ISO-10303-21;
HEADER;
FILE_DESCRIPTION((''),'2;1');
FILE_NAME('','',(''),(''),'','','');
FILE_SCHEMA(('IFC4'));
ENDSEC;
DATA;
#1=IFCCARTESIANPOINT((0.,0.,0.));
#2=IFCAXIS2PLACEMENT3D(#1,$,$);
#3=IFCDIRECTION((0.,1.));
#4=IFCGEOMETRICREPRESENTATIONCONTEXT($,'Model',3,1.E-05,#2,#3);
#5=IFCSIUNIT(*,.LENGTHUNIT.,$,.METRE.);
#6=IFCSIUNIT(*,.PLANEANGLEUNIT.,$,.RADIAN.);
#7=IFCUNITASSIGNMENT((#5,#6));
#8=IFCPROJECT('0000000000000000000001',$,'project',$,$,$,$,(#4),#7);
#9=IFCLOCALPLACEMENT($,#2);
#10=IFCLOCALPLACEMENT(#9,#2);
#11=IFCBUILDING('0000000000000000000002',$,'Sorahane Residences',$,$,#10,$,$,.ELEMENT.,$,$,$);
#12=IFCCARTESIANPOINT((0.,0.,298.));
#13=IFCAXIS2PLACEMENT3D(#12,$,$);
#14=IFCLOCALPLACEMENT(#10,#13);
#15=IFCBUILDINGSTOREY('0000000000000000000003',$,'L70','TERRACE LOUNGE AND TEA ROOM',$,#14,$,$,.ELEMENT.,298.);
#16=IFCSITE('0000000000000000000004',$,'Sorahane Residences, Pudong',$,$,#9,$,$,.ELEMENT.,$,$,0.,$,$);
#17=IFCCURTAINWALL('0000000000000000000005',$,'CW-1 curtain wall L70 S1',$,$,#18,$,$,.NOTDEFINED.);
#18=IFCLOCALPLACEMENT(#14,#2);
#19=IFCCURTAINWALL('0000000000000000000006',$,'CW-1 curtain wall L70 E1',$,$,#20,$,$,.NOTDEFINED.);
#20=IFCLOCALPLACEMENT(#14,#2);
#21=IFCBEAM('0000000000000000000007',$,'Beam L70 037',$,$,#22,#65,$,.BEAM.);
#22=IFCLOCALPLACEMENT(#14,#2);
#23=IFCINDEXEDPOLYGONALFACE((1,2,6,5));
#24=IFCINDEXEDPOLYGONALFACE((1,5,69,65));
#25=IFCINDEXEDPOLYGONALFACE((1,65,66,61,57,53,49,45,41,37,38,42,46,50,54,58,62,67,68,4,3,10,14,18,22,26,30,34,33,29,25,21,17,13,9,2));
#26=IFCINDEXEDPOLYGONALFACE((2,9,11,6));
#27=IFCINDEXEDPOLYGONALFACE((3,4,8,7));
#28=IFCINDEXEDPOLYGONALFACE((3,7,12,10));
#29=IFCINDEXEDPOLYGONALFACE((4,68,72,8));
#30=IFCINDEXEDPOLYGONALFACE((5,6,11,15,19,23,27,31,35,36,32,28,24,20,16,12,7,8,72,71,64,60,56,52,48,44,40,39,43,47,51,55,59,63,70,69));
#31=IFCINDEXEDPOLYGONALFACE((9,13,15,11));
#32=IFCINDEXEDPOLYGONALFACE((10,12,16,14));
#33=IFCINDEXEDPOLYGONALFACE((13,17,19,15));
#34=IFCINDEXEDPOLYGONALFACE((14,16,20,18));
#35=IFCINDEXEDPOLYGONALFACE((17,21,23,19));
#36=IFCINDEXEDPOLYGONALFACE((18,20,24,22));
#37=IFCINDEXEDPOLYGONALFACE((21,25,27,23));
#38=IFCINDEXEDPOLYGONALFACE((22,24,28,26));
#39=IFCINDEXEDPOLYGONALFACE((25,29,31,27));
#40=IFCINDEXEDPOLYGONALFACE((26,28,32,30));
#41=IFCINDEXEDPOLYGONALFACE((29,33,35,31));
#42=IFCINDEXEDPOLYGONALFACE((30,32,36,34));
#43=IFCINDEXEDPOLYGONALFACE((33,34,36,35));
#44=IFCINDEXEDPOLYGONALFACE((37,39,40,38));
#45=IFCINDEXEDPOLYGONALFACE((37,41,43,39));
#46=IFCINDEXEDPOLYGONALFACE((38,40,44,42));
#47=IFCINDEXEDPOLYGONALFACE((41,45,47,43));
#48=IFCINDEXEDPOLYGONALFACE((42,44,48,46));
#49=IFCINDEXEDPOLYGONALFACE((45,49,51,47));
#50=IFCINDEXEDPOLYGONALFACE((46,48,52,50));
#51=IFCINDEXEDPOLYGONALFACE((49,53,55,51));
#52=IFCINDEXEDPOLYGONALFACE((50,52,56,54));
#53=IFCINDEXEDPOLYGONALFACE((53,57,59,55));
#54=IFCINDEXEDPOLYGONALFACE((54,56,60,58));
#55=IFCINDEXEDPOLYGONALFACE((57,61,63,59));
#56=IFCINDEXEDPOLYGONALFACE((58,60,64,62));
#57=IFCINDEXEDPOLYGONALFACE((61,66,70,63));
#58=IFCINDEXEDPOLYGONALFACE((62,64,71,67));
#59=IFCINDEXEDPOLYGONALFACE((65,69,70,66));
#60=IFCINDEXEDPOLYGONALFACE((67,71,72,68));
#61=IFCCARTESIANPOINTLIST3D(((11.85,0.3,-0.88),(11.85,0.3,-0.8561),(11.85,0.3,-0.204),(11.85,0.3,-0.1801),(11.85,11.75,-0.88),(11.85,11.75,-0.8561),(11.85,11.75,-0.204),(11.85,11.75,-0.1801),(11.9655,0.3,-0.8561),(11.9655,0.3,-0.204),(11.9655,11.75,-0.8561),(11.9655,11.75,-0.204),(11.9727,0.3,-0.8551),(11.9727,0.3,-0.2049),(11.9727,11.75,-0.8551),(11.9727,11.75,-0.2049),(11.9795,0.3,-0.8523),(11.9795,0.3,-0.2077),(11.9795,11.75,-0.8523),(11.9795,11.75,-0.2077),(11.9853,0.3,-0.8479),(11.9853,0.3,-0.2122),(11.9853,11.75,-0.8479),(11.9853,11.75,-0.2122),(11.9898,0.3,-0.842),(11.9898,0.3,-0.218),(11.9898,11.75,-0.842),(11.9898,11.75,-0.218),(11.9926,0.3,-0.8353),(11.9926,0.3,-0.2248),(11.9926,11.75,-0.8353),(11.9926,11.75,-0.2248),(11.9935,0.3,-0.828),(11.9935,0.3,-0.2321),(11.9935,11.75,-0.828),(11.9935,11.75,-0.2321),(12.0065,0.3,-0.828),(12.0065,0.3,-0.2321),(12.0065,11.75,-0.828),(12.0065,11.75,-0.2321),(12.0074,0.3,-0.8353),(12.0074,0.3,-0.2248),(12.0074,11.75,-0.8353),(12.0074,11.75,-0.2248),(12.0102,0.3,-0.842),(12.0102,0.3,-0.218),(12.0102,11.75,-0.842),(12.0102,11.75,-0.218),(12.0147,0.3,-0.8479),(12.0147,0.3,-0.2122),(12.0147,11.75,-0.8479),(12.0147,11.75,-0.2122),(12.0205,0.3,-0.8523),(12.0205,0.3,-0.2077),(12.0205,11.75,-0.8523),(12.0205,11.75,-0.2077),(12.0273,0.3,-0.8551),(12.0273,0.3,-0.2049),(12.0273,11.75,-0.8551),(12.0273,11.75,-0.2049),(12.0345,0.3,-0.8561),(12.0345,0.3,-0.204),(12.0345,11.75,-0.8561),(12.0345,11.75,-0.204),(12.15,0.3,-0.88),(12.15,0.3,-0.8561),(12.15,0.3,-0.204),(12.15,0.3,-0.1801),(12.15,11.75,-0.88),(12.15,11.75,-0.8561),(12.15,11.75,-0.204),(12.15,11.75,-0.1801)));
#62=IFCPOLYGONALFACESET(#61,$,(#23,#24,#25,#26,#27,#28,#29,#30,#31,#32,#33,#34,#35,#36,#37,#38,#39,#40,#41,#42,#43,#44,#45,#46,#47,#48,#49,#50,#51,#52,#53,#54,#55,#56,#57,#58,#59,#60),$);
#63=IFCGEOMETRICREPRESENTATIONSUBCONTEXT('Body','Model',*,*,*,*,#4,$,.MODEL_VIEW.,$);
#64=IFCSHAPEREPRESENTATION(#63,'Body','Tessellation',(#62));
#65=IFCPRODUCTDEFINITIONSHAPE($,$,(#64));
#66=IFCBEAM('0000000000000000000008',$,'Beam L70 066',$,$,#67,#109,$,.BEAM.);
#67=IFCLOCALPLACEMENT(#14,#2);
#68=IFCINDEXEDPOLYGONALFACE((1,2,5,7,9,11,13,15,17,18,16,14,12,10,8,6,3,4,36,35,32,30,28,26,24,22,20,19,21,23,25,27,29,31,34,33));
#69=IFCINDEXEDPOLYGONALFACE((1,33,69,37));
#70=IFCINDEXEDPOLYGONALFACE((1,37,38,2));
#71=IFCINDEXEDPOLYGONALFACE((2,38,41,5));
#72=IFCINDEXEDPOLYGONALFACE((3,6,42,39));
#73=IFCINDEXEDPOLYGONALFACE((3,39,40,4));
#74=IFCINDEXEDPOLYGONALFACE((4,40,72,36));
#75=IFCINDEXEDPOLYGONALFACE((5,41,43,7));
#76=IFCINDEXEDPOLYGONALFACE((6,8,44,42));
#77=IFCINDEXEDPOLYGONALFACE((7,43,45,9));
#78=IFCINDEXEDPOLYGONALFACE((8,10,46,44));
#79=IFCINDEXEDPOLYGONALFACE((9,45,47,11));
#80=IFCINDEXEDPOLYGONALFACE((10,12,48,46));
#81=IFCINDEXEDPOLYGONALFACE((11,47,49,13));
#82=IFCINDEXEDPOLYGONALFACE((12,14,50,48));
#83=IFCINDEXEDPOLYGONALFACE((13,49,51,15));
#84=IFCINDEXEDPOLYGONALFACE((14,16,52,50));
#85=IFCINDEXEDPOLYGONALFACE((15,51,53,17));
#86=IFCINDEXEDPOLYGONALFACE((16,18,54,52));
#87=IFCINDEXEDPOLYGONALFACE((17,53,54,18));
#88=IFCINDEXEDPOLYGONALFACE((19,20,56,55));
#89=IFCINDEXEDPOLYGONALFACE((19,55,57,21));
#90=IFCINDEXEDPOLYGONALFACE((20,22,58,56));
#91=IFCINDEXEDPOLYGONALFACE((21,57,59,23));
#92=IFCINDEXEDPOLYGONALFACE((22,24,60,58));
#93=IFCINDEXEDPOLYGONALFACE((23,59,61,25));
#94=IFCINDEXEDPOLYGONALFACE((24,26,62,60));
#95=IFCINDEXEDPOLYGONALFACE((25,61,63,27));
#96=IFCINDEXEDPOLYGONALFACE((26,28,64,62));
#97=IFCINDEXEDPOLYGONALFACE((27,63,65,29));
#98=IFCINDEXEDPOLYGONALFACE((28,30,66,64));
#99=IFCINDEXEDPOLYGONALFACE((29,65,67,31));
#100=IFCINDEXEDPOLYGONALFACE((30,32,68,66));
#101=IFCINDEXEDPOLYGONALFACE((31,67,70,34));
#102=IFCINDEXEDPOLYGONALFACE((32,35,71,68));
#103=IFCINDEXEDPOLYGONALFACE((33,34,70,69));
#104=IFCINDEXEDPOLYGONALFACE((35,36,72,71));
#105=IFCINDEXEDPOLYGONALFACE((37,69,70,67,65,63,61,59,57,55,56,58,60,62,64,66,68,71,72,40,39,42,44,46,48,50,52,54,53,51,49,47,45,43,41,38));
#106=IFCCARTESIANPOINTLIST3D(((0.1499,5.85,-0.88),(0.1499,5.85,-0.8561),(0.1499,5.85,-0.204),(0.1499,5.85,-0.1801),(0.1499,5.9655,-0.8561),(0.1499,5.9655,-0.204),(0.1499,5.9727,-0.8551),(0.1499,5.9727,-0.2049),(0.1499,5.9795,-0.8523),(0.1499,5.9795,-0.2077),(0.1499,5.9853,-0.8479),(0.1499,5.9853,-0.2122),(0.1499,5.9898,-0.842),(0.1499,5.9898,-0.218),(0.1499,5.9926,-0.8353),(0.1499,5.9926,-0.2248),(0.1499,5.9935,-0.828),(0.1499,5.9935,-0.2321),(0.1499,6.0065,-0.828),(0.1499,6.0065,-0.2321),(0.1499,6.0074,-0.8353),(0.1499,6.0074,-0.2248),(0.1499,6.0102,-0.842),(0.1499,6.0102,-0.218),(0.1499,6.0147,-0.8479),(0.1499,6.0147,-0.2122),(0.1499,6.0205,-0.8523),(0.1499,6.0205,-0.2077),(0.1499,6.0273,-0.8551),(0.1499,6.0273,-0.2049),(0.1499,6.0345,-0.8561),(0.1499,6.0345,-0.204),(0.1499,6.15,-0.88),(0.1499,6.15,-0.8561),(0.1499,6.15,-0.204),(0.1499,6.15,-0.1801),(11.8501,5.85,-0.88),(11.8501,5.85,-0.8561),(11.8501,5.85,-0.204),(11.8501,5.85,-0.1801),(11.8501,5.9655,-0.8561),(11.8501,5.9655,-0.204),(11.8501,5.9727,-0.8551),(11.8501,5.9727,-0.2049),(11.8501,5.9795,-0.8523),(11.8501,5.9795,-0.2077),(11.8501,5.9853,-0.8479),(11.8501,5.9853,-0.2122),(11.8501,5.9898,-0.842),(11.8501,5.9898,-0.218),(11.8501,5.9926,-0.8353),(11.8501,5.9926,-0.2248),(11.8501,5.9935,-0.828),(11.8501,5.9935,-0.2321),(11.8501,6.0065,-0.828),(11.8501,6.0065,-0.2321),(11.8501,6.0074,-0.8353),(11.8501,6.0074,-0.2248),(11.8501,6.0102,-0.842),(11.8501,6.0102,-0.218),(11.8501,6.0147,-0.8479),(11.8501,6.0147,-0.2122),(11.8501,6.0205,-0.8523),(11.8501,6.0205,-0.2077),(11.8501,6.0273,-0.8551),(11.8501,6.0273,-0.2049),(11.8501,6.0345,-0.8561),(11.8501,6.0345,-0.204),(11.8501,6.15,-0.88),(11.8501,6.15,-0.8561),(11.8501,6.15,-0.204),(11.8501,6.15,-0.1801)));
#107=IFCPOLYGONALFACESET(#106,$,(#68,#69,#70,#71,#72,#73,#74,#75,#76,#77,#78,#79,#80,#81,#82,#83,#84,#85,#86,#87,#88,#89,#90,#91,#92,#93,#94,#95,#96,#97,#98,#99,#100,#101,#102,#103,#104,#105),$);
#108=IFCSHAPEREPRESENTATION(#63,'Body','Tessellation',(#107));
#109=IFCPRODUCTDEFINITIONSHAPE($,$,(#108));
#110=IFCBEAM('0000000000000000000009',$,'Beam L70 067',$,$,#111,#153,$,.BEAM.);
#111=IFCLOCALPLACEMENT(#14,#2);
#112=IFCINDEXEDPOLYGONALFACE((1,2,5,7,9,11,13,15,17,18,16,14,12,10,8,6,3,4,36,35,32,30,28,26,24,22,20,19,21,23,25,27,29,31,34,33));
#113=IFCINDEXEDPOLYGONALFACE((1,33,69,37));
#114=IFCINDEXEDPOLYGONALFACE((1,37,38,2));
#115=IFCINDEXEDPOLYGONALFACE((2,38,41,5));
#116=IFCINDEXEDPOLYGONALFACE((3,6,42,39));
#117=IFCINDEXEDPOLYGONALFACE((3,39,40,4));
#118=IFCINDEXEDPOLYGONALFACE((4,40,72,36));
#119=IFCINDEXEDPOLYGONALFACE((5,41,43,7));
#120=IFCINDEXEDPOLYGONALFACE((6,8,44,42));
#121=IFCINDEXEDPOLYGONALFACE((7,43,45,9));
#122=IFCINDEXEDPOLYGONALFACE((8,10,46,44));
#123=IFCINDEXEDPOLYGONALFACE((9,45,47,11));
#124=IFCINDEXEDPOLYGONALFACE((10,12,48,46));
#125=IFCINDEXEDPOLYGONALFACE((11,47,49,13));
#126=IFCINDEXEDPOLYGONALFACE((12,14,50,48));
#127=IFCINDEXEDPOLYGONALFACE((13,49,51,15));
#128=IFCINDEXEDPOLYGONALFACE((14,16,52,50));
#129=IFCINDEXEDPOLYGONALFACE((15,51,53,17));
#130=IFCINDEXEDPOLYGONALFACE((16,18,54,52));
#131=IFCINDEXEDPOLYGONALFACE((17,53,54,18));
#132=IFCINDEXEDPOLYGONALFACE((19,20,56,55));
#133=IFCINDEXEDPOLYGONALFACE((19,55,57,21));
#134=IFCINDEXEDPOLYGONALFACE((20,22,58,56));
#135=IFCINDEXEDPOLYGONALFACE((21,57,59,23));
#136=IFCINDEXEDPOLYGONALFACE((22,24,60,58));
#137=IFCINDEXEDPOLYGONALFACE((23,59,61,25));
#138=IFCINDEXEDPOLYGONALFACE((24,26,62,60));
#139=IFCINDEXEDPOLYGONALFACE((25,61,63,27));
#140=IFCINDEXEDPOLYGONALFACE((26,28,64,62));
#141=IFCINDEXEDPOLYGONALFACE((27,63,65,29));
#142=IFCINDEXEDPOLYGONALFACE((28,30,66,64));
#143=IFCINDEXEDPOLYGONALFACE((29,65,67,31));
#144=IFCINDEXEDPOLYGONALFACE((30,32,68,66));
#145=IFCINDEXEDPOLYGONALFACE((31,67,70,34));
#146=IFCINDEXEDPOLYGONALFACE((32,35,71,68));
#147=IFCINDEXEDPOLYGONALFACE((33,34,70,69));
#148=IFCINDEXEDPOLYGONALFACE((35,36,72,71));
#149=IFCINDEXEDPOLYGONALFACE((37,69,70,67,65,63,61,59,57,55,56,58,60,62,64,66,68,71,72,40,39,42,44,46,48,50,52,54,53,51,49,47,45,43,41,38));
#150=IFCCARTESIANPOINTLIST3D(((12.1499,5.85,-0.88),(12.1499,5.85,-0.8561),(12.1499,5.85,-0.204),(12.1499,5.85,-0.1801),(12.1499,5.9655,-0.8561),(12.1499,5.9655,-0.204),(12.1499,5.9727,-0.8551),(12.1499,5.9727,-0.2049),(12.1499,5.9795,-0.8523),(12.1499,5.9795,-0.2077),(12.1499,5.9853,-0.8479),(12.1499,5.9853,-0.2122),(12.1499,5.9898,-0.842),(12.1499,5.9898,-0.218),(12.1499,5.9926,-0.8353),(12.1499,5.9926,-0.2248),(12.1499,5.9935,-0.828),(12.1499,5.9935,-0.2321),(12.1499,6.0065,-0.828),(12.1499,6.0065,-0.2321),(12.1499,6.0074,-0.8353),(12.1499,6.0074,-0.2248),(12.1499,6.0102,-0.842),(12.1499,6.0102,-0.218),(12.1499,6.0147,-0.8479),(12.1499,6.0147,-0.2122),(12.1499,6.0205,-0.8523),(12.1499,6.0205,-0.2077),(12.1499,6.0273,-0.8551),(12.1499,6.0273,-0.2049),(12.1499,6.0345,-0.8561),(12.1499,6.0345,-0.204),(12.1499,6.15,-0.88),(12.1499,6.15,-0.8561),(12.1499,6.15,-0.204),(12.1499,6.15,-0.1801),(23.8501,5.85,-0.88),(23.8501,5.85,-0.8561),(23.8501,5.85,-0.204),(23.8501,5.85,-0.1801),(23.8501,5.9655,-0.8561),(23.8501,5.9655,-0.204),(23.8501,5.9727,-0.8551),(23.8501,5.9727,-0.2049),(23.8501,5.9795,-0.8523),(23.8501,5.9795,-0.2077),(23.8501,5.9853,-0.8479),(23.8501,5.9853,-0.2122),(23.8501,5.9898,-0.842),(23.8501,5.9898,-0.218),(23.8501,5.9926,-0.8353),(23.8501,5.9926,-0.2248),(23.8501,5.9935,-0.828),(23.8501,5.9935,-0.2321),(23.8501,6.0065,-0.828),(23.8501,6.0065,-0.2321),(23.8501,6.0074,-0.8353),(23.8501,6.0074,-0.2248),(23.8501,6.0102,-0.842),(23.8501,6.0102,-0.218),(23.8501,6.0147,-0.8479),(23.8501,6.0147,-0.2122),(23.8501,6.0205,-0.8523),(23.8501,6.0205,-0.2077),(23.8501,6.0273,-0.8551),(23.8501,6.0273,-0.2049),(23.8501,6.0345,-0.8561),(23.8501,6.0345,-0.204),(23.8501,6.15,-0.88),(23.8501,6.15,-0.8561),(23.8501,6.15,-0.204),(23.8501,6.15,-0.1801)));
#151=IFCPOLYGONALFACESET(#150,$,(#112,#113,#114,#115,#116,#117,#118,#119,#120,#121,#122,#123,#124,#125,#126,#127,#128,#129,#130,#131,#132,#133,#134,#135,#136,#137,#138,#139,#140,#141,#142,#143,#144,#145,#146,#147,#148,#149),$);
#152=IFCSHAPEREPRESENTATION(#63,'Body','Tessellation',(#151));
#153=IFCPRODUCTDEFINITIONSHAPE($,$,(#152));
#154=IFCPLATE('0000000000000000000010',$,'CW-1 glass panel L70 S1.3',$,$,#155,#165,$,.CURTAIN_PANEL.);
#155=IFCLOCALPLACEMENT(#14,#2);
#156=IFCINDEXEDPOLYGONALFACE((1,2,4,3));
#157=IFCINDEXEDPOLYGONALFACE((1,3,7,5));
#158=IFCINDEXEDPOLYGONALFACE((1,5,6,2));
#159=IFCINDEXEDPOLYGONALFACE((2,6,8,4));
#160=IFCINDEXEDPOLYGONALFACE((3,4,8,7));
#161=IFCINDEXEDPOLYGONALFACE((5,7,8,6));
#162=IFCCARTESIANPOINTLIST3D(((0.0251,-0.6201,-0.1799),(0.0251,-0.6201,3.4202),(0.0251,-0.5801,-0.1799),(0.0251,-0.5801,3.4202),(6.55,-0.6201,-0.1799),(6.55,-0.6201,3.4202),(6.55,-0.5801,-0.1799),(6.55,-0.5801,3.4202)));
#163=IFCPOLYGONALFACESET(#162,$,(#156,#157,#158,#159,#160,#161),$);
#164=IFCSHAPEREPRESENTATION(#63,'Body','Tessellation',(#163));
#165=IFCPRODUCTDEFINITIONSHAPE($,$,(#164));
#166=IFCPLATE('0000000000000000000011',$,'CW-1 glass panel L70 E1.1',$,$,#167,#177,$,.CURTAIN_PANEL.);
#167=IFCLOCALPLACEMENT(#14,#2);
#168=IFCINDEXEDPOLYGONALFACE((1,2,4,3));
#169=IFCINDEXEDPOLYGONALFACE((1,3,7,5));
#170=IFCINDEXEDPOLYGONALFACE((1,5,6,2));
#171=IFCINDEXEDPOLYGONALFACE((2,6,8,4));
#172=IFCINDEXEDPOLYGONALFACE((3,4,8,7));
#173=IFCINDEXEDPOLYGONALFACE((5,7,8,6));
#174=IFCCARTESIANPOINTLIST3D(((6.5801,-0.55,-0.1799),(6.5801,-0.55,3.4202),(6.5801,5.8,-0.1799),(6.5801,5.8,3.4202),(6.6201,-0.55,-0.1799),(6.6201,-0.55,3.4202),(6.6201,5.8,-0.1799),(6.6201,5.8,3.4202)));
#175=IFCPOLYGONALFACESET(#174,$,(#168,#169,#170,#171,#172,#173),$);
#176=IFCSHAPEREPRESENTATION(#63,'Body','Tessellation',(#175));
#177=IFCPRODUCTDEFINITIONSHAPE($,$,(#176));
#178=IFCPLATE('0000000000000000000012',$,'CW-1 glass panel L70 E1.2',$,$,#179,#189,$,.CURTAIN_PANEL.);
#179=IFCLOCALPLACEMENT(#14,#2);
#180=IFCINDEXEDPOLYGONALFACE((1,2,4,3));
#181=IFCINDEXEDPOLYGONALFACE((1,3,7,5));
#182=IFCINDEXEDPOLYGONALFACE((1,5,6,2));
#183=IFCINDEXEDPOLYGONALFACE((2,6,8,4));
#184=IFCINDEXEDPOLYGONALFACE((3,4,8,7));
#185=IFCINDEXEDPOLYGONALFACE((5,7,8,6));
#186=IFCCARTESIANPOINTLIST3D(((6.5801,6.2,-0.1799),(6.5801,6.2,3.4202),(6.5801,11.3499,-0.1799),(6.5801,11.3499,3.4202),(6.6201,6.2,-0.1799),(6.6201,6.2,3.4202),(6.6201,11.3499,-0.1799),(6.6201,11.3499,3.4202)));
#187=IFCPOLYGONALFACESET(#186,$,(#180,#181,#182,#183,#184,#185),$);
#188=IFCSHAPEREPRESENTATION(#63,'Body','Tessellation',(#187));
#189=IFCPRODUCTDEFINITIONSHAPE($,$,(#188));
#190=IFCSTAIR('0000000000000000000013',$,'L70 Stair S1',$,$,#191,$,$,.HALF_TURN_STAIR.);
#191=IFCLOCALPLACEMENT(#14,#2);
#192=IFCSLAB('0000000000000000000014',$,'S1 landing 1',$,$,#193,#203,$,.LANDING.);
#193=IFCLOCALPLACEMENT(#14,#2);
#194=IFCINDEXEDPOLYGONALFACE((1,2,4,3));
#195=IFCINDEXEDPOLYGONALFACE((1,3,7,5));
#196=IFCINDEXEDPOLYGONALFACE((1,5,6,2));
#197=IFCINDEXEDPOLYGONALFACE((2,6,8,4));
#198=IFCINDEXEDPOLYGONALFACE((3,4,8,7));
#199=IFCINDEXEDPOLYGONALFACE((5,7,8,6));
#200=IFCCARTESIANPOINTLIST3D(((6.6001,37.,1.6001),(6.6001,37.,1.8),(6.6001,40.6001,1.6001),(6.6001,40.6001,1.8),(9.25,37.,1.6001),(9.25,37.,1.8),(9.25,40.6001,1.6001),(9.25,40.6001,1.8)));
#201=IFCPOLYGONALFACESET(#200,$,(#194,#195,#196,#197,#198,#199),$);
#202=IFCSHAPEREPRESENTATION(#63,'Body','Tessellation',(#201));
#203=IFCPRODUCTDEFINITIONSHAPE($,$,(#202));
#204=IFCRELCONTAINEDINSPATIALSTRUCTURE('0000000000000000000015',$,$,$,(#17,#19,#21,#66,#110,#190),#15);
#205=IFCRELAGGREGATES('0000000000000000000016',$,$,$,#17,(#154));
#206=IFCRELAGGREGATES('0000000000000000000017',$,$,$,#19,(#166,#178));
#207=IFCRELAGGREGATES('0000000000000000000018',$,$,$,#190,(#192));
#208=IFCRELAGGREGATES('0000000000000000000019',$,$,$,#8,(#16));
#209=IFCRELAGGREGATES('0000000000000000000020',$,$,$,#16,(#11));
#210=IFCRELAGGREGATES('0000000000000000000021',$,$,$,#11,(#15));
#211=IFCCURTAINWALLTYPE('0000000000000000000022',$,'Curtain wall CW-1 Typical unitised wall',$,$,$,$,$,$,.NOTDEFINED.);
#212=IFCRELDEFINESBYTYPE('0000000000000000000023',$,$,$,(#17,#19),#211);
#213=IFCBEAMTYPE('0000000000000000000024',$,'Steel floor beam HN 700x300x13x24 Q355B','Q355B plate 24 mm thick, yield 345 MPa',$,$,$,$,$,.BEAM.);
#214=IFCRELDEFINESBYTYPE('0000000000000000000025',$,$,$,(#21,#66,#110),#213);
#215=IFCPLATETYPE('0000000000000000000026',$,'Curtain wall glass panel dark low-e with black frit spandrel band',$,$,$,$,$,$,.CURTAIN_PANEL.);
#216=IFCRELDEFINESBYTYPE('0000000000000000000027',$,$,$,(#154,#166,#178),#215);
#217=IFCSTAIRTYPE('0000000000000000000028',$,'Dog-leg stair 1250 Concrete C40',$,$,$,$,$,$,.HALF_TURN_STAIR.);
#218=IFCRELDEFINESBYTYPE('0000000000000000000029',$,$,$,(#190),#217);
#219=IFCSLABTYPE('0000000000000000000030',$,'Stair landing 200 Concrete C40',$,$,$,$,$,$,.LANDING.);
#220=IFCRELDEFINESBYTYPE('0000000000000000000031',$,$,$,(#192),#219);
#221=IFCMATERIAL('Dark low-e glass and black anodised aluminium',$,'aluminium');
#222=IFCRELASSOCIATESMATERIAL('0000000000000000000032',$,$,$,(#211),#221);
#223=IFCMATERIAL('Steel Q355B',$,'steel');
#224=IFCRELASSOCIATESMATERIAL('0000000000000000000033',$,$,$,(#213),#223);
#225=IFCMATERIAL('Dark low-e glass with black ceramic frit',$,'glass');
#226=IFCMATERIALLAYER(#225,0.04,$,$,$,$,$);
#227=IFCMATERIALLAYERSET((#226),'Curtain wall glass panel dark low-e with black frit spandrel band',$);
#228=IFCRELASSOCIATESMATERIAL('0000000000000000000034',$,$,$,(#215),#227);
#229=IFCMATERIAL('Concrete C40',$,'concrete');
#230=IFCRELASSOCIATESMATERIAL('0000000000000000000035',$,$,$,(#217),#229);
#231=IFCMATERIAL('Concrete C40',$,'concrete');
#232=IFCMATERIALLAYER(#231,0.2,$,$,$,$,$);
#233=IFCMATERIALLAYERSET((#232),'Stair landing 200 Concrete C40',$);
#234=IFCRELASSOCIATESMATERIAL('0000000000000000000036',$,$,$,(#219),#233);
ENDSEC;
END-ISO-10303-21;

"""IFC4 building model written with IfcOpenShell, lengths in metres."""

from ifc_helpers import new_model, si_unit, direction, frame, origin, origin_2d, place, context, subcontext, project, spatial, polyline, rectangle, i_section, outline, extrude, material, layer, layer_set, material_profile, profile_set, type_object, element, aggregate, save


model = new_model("IFC4")

# Units and contexts
model_context = context("Model", 3, precision=1e-05, world=origin(), true_north=direction((0.0, 1.0)))
body_context = subcontext(model_context, "Body", "Model", "MODEL_VIEW")
ifc_project = project(units=[si_unit("LENGTHUNIT", "METRE"), si_unit("PLANEANGLEUNIT", "RADIAN")], contexts=[model_context])

# Site, building, storey
site_placement = place(None, origin())
site = spatial("IfcSite", under=ifc_project, at=site_placement, Name="Sorahane Residences, Pudong", CompositionType="ELEMENT", RefElevation=0.0)
building_placement = place(site_placement, origin())
building = spatial("IfcBuilding", under=site, at=building_placement, Name="Sorahane Residences", CompositionType="ELEMENT")
storey_placement = place(building_placement, frame((0.0, 0.0, 298.0)))
storey = spatial("IfcBuildingStorey", under=building, at=storey_placement, Name="L70", Description="TERRACE LOUNGE AND TEA ROOM", CompositionType="ELEMENT", Elevation=298.0)

# Curtain wall
ifc_material_1 = material(Name="Dark low-e glass and black anodised aluminium", Category="aluminium")
curtain_wall_type = type_object("IfcCurtainWallType", Name="Curtain wall CW-1 Typical unitised wall", PredefinedType="NOTDEFINED", material=ifc_material_1)
curtain_wall_1_placement = place(storey_placement, origin())
curtain_wall_1 = element("IfcCurtainWall", 1, at=curtain_wall_1_placement, inside=storey, type_object=curtain_wall_type, Name="CW-1 curtain wall L70 S1", PredefinedType="NOTDEFINED")

# Curtain wall
curtain_wall_2_placement = place(storey_placement, origin())
curtain_wall_2 = element("IfcCurtainWall", 2, at=curtain_wall_2_placement, inside=storey, type_object=curtain_wall_type, Name="CW-1 curtain wall L70 E1", PredefinedType="NOTDEFINED")

# Beams
ifc_material_2 = material(Name="Steel Q355B", Category="steel")
ifc_material_profile_1 = material_profile(ifc_material_2, i_section(OverallWidth=0.3, OverallDepth=0.7, WebThickness=0.0129, FlangeThickness=0.0239, FilletRadius=0.0281, at=origin_2d()), Name="HN 700x300x13x24")
ifc_profile_set_1 = profile_set([ifc_material_profile_1], Name="Steel Q355B")
beam_type = type_object("IfcBeamType", Name="Steel floor beam HN 700x300x13x24 Q355B", Description="Q355B plate 24 mm thick, yield 345 MPa", PredefinedType="BEAM", material=ifc_profile_set_1)
for number, where, z_axis, x_axis, name in (
    (3, (12.0, 0.3, -0.53), (0.0, 1.0, 0.0), (-1.0, 0.0, 0.0), "Beam L70 037"),
):
    element("IfcBeam", number, at=place(storey_placement, frame(where, z_axis=z_axis, x_axis=x_axis)), inside=storey, type_object=beam_type, Name=name, PredefinedType="BEAM", context=body_context, shape_type="SweptSolid", body=[
        extrude(i_section(OverallWidth=0.3, OverallDepth=0.7, WebThickness=0.0129, FlangeThickness=0.0239, FilletRadius=0.0281, at=origin_2d()), origin(), (0.0, 0.0, 1.0), 11.45),
    ])
for number, where, z_axis, x_axis, name in (
    (4, (0.1499, 6.0, -0.53), (1.0, 0.0, 0.0), (0.0, 1.0, 0.0), "Beam L70 066"),
    (5, (12.1499, 6.0, -0.53), (1.0, 0.0, 0.0), (0.0, 1.0, 0.0), "Beam L70 067"),
):
    element("IfcBeam", number, at=place(storey_placement, frame(where, z_axis=z_axis, x_axis=x_axis)), inside=storey, type_object=beam_type, Name=name, PredefinedType="BEAM", context=body_context, shape_type="SweptSolid", body=[
        extrude(i_section(OverallWidth=0.3, OverallDepth=0.7, WebThickness=0.0129, FlangeThickness=0.0239, FilletRadius=0.0281, at=origin_2d()), origin(), (0.0, 0.0, 1.0), 11.7002),
    ])

# Plates
ifc_material_3 = material(Name="Dark low-e glass with black ceramic frit", Category="glass")
ifc_layer_1 = layer(ifc_material_3, 0.04)
ifc_layer_set_1 = layer_set([ifc_layer_1], Name="Curtain wall glass panel dark low-e with black frit spandrel band")
plate_type = type_object("IfcPlateType", Name="Curtain wall glass panel dark low-e with black frit spandrel band", PredefinedType="CURTAIN_PANEL", material=ifc_layer_set_1)
plate_1_placement = place(storey_placement, frame((3.2876, -0.6001, -0.1799), z_axis=(0.0, 0.0, 1.0), x_axis=(1.0, 0.0, 0.0)))
plate_1 = element("IfcPlate", 6, at=plate_1_placement, type_object=plate_type, Name="CW-1 glass panel L70 S1.3", PredefinedType="CURTAIN_PANEL", context=body_context, shape_type="SweptSolid", body=[
    extrude(rectangle(XDim=6.5249, YDim=0.04, at=origin_2d()), origin(), (0.0, 0.0, 1.0), 3.6001),
])
aggregate(curtain_wall_1, [plate_1])
plate_2_placement = place(storey_placement, frame((6.6001, 2.625, -0.1799), z_axis=(0.0, 0.0, 1.0), x_axis=(0.0, 1.0, 0.0)))
plate_2 = element("IfcPlate", 7, at=plate_2_placement, type_object=plate_type, Name="CW-1 glass panel L70 E1.1", PredefinedType="CURTAIN_PANEL", context=body_context, shape_type="SweptSolid", body=[
    extrude(rectangle(XDim=6.3501, YDim=0.04, at=origin_2d()), origin(), (0.0, 0.0, 1.0), 3.6001),
])
plate_3_placement = place(storey_placement, frame((6.6001, 8.7749, -0.1799), z_axis=(0.0, 0.0, 1.0), x_axis=(0.0, 1.0, 0.0)))
plate_3 = element("IfcPlate", 8, at=plate_3_placement, type_object=plate_type, Name="CW-1 glass panel L70 E1.2", PredefinedType="CURTAIN_PANEL", context=body_context, shape_type="SweptSolid", body=[
    extrude(rectangle(XDim=5.1499, YDim=0.04, at=origin_2d()), origin(), (0.0, 0.0, 1.0), 3.6001),
])
aggregate(curtain_wall_2, [plate_2, plate_3])

# Stair, slab
ifc_material_4 = material(Name="Concrete C40", Category="concrete")
stair_type = type_object("IfcStairType", Name="Dog-leg stair 1250 Concrete C40", PredefinedType="HALF_TURN_STAIR", material=ifc_material_4)
stair_1_placement = place(storey_placement, origin())
stair_1 = element("IfcStair", 9, at=stair_1_placement, inside=storey, type_object=stair_type, Name="L70 Stair S1", PredefinedType="HALF_TURN_STAIR")
ifc_material_5 = material(Name="Concrete C40", Category="concrete")
ifc_layer_2 = layer(ifc_material_5, 0.2)
ifc_layer_set_2 = layer_set([ifc_layer_2], Name="Stair landing 200 Concrete C40")
slab_type = type_object("IfcSlabType", Name="Stair landing 200 Concrete C40", PredefinedType="LANDING", material=ifc_layer_set_2)
slab_1_placement = place(storey_placement, frame((0.0, 0.0, 1.6001)))
slab_1 = element("IfcSlab", 10, at=slab_1_placement, type_object=slab_type, Name="S1 landing 1", PredefinedType="LANDING", context=body_context, shape_type="SweptSolid", body=[
    extrude(outline(polyline([(6.6001, 40.6001), (6.6001, 37.0), (9.25, 37.0), (9.25, 40.6001), (6.6001, 40.6001)])), origin(), (0.0, 0.0, 1.0), 0.2),
])
aggregate(stair_1, [slab_1])

save(model, "model.ifc")
